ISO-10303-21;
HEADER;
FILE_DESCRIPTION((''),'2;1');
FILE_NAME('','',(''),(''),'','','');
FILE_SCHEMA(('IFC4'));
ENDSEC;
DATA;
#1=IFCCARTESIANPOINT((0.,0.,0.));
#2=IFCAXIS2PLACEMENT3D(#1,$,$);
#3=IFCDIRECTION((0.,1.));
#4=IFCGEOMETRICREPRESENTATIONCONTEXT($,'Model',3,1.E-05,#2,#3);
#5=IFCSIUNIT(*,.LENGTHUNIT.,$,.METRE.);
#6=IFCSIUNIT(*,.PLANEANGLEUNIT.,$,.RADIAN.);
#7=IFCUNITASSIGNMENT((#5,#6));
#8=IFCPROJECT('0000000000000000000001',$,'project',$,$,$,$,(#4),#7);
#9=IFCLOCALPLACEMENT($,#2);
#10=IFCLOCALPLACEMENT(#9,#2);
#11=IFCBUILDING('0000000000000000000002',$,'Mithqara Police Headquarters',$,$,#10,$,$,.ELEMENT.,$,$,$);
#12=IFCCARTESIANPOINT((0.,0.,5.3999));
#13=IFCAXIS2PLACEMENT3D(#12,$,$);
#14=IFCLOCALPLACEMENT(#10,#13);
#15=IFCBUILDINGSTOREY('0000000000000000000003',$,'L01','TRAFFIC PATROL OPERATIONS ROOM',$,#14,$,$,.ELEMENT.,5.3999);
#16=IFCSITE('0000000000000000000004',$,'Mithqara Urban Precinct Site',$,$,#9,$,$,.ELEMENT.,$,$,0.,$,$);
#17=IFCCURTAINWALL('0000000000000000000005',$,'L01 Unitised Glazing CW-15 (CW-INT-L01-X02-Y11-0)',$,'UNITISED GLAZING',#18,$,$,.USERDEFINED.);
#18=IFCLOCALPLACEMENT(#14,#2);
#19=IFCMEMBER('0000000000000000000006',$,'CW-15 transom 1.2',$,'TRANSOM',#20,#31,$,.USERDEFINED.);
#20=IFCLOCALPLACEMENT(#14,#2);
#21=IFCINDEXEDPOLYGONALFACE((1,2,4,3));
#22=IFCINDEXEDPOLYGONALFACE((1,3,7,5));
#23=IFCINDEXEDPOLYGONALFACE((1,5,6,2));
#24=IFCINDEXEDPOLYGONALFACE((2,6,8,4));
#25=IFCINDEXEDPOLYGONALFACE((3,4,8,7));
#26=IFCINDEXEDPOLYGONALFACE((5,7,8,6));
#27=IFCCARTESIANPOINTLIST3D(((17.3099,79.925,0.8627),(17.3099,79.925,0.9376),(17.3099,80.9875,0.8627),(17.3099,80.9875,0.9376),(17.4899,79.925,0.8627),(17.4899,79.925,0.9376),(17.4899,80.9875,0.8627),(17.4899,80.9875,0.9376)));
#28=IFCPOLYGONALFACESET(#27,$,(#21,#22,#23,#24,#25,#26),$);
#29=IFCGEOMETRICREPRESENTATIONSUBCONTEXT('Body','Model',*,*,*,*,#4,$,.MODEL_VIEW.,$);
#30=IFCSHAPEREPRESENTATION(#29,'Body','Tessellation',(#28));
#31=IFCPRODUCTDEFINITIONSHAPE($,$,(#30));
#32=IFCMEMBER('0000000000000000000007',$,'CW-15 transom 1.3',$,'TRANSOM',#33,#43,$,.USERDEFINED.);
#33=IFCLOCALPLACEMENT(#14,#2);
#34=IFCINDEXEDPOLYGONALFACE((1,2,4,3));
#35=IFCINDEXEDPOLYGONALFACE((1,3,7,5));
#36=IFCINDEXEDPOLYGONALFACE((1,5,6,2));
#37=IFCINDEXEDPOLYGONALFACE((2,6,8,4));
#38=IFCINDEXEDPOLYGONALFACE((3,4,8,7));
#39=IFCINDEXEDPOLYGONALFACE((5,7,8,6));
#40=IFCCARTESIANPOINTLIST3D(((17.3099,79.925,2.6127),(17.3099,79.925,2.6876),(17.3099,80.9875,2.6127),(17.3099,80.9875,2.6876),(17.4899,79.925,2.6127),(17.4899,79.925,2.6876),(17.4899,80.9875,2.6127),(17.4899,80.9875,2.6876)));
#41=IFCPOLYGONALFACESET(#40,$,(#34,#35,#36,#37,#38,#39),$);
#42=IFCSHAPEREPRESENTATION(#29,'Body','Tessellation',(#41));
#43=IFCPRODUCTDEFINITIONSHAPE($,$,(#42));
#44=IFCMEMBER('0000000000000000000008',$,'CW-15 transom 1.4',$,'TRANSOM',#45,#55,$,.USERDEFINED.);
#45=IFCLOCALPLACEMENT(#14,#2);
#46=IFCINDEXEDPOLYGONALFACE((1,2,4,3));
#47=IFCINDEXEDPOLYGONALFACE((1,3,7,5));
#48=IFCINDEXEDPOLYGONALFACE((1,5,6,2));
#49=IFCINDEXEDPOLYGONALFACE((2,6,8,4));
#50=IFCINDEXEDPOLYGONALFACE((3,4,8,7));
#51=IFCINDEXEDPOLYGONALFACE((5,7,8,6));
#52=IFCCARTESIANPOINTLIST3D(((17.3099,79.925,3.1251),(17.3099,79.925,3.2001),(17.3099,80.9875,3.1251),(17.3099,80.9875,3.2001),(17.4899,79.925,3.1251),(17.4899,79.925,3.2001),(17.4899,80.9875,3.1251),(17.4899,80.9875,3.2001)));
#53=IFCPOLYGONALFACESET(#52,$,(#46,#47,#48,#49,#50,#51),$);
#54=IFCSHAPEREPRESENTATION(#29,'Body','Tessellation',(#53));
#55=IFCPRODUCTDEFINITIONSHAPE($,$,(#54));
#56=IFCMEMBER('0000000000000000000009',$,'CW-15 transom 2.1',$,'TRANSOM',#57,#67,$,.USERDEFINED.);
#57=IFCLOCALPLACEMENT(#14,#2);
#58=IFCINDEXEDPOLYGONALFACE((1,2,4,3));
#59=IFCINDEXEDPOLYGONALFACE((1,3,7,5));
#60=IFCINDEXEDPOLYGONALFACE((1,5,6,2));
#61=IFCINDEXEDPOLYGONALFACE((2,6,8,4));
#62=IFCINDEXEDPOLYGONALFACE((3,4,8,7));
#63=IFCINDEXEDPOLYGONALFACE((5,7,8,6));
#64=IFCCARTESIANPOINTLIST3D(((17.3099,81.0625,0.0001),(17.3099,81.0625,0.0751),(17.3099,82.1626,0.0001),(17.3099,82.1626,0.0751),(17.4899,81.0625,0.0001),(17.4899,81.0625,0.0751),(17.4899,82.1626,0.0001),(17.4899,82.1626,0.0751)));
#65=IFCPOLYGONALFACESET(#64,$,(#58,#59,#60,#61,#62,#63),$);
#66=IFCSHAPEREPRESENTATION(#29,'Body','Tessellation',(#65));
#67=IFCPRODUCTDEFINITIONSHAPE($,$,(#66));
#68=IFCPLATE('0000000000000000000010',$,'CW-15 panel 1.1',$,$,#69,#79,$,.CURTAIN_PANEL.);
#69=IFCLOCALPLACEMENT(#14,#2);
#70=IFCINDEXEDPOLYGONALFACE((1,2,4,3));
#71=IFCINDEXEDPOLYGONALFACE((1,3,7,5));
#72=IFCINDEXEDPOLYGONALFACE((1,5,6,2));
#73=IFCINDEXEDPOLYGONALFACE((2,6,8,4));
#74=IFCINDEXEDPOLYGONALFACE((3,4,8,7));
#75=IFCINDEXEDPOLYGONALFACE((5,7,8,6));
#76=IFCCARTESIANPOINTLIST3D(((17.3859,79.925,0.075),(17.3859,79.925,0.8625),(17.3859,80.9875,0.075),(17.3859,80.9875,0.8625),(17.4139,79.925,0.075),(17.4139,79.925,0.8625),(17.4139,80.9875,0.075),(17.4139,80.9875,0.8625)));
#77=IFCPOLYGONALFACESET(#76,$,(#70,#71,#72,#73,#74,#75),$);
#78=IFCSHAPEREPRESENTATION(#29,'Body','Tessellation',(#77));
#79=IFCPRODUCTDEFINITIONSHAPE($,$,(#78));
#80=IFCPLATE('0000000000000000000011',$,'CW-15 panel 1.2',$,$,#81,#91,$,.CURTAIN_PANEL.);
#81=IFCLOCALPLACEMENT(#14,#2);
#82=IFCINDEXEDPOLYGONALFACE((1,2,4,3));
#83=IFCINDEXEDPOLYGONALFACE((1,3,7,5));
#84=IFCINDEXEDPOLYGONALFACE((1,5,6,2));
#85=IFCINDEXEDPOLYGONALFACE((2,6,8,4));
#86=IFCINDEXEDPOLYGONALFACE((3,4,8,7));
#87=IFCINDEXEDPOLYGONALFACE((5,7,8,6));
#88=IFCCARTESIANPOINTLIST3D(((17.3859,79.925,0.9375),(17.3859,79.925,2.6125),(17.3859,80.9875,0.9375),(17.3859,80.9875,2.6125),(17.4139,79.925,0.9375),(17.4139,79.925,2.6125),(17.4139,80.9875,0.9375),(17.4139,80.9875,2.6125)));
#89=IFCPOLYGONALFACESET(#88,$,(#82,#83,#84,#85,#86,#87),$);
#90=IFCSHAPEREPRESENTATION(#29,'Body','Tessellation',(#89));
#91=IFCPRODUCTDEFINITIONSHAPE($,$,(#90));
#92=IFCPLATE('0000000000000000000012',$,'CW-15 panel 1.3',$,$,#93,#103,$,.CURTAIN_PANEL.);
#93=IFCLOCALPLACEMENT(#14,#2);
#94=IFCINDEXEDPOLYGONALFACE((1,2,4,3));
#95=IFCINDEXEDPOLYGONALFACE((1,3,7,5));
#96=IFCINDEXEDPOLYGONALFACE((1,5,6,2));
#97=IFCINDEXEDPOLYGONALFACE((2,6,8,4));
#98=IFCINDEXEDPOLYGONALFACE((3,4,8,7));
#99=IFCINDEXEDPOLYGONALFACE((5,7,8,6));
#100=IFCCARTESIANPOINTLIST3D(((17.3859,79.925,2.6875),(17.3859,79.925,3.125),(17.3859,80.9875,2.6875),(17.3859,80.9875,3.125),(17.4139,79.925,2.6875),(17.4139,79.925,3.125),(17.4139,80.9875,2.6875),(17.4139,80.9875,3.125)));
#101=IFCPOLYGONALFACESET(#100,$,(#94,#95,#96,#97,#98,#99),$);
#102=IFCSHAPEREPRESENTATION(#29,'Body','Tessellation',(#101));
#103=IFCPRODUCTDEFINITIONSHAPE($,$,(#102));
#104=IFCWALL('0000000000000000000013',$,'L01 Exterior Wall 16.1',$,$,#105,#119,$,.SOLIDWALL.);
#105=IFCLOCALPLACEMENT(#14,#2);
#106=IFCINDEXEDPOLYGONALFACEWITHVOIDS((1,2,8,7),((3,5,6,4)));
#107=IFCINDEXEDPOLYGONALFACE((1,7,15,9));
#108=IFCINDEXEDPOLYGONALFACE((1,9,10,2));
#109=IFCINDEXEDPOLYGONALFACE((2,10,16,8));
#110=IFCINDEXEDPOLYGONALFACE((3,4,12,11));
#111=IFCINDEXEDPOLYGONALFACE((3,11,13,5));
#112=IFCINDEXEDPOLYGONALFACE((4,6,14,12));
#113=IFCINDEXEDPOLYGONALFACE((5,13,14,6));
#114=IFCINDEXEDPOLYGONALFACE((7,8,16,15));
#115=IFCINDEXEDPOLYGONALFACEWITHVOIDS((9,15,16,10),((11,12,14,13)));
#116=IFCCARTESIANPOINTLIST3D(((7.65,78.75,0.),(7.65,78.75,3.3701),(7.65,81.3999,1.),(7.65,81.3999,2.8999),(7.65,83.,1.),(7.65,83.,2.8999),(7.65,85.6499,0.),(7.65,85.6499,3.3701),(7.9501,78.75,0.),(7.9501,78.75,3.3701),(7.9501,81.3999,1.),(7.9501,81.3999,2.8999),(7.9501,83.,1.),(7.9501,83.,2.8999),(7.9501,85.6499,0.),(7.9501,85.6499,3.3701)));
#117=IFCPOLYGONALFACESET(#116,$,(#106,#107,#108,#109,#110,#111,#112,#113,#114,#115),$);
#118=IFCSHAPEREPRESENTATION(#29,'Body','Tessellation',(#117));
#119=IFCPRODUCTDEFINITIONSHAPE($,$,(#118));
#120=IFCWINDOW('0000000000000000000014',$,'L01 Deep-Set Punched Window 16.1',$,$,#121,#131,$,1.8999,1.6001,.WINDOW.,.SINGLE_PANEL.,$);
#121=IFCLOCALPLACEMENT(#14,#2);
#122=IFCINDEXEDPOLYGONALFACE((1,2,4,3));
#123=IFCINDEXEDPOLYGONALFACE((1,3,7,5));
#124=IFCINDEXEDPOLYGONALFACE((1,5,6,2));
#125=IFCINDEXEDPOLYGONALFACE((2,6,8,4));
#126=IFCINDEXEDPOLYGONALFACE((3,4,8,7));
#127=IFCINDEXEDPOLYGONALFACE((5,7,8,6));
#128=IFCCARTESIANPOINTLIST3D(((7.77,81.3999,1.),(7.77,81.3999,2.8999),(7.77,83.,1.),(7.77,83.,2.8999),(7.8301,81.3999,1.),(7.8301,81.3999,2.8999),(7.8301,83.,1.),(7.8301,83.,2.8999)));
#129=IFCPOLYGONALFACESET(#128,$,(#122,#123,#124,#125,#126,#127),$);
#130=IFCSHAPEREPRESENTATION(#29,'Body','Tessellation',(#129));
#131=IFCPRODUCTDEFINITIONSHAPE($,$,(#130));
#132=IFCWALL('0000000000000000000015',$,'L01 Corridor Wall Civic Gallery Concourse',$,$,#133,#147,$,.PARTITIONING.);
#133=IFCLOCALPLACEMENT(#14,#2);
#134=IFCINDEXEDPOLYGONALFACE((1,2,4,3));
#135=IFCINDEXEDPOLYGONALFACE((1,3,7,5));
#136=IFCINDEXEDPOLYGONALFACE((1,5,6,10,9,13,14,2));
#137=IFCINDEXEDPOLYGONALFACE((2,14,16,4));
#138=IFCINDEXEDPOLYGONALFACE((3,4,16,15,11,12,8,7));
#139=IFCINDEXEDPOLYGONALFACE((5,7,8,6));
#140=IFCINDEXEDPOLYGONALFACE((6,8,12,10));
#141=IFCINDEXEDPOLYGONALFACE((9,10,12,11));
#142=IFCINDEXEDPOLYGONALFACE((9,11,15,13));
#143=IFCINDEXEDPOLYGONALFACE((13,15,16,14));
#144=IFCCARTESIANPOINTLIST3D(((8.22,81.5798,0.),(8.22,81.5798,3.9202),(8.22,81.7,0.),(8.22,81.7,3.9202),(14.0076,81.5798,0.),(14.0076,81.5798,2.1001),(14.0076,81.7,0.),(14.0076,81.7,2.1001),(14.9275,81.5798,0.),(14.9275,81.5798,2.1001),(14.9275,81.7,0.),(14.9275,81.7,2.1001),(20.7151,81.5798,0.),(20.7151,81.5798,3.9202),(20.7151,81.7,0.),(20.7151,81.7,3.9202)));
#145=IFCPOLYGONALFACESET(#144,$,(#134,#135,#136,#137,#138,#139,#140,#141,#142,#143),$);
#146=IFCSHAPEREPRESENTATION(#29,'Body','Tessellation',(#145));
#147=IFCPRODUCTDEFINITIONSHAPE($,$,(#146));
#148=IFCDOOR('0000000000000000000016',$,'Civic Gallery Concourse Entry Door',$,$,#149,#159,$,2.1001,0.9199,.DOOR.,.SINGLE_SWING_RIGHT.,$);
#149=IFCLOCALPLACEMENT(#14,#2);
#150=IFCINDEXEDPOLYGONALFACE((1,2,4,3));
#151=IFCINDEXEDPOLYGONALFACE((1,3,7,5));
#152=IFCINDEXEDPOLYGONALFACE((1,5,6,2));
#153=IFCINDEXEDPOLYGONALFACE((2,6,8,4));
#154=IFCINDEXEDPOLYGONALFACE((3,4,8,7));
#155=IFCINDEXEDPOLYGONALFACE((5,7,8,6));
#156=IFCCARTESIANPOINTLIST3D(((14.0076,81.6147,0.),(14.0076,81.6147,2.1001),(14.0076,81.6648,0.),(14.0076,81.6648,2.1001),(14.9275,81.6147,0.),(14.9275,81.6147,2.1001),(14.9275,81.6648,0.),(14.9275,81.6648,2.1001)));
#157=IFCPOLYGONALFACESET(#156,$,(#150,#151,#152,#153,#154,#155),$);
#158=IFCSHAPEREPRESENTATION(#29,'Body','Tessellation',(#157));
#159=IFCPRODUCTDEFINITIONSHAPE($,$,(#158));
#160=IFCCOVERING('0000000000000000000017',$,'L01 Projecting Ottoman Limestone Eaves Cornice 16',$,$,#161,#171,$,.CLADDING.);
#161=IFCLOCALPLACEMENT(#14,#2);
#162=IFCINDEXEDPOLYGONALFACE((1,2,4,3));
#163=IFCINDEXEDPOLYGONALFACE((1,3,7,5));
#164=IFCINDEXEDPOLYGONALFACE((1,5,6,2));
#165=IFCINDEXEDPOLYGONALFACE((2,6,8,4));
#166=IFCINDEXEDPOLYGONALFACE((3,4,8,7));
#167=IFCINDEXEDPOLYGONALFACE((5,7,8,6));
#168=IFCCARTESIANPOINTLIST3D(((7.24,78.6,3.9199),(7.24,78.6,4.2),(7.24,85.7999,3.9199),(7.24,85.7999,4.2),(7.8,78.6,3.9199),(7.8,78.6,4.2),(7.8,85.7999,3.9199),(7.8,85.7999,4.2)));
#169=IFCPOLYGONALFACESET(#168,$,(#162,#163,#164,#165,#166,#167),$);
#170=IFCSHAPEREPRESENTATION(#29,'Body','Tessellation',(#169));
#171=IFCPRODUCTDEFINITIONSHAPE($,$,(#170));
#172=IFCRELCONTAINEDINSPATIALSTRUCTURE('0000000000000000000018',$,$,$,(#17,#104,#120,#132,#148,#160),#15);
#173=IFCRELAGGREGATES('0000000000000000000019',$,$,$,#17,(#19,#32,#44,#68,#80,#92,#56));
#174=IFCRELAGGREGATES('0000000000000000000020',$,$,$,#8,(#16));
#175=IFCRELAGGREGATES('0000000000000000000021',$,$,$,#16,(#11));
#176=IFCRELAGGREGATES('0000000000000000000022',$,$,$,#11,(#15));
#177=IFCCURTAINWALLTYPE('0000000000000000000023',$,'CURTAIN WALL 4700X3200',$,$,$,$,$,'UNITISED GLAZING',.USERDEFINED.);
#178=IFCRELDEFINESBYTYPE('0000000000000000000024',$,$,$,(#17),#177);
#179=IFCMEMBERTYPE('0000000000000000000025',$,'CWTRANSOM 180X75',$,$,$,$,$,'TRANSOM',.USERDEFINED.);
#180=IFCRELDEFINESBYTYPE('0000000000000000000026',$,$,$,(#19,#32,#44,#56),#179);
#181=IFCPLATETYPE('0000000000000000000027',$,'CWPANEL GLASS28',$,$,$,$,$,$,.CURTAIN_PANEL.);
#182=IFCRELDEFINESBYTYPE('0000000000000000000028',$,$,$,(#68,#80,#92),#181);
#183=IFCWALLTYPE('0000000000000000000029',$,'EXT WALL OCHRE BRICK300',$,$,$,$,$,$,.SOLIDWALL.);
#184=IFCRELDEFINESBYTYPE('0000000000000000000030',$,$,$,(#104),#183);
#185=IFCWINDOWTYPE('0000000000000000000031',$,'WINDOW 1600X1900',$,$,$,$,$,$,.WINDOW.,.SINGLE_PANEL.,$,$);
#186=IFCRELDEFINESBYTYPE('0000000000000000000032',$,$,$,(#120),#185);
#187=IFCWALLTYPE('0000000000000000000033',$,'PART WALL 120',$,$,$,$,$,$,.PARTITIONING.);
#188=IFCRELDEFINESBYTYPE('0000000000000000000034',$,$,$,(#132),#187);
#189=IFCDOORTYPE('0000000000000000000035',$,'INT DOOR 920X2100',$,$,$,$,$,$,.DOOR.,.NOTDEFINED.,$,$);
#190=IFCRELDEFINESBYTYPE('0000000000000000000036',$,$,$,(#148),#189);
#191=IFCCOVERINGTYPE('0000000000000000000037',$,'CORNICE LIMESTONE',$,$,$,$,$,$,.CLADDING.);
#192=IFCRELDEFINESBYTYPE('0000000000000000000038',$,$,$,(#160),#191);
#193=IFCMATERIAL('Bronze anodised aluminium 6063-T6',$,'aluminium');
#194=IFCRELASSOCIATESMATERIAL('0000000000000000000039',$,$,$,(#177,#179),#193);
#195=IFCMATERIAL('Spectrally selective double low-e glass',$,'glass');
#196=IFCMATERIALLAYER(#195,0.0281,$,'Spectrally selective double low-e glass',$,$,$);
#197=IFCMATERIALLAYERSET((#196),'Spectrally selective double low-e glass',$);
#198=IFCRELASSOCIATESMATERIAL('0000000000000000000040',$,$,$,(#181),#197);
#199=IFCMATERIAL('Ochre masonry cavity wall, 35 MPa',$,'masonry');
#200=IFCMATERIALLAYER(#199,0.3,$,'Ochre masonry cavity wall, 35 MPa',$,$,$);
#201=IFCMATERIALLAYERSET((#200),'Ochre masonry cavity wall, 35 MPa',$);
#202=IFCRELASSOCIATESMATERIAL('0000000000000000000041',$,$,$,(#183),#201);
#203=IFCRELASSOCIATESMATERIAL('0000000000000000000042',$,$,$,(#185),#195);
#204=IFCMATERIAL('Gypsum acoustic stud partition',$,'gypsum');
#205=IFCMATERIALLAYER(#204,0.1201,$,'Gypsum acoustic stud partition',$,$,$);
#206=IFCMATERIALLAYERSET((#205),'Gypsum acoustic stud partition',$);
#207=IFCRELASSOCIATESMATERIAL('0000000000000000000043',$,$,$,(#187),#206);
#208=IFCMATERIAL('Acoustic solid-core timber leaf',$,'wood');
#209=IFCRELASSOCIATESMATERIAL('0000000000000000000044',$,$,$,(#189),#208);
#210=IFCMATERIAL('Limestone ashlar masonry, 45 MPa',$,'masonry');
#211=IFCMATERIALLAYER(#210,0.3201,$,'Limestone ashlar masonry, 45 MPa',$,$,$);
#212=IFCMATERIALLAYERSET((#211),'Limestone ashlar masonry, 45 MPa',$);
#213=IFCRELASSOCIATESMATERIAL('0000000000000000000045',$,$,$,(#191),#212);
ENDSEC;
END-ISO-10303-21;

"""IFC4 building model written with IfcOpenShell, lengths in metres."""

from ifc_helpers import new_model, si_unit, direction, frame, frame_2d, origin, origin_2d, place, context, subcontext, project, spatial, rectangle, extrude, material, layer, layer_set, material_profile, profile_set, type_object, element, fill, aggregate, save


model = new_model("IFC4")

# Units and contexts
model_context = context("Model", 3, precision=1e-05, world=origin(), true_north=direction((0.0, 1.0)))
body_context = subcontext(model_context, "Body", "Model", "MODEL_VIEW")
ifc_project = project(units=[si_unit("LENGTHUNIT", "METRE"), si_unit("PLANEANGLEUNIT", "RADIAN")], contexts=[model_context])

# Site, building, storey
site_placement = place(None, origin())
site = spatial("IfcSite", under=ifc_project, at=site_placement, Name="Mithqara Urban Precinct Site", CompositionType="ELEMENT", RefElevation=0.0)
building_placement = place(site_placement, origin())
building = spatial("IfcBuilding", under=site, at=building_placement, Name="Mithqara Police Headquarters", CompositionType="ELEMENT")
storey_placement = place(building_placement, frame((0.0, 0.0, 5.3999)))
storey = spatial("IfcBuildingStorey", under=building, at=storey_placement, Name="L01", Description="TRAFFIC PATROL OPERATIONS ROOM", CompositionType="ELEMENT", Elevation=5.3999)

# Curtain wall, members, plates
ifc_material_1 = material(Name="Bronze anodised aluminium 6063-T6", Category="aluminium")
curtain_wall_type = type_object("IfcCurtainWallType", Name="CURTAIN WALL 4700X3200", ElementType="UNITISED GLAZING", PredefinedType="USERDEFINED", material=ifc_material_1)
curtain_wall_placement = place(storey_placement, origin())
curtain_wall = element("IfcCurtainWall", 1, at=curtain_wall_placement, inside=storey, type_object=curtain_wall_type, Name="L01 Unitised Glazing CW-15 (CW-INT-L01-X02-Y11-0)", ObjectType="UNITISED GLAZING", PredefinedType="USERDEFINED")
ifc_material_profile_1 = material_profile(ifc_material_1, rectangle(XDim=0.1799, YDim=0.075, at=origin_2d()), Name="CWT 180x75")
ifc_profile_set_1 = profile_set([ifc_material_profile_1], Name="Bronze anodised aluminium 6063-T6")
member_type_1 = type_object("IfcMemberType", Name="CWTRANSOM 180X75", ElementType="TRANSOM", PredefinedType="USERDEFINED", material=ifc_profile_set_1)
member_1_placement = place(storey_placement, frame((17.3999, 79.925, 0.9001), z_axis=(0.0, 1.0, 0.0), x_axis=(-1.0, 0.0, 0.0)))
member_1 = element("IfcMember", 2, at=member_1_placement, type_object=member_type_1, Name="CW-15 transom 1.2", ObjectType="TRANSOM", PredefinedType="USERDEFINED", context=body_context, shape_type="SweptSolid", body=[
    extrude(rectangle(XDim=0.1799, YDim=0.075, at=origin_2d()), origin(), (0.0, 0.0, 1.0), 1.0625),
])
member_2_placement = place(storey_placement, frame((17.3999, 79.925, 2.6501), z_axis=(0.0, 1.0, 0.0), x_axis=(-1.0, 0.0, 0.0)))
member_2 = element("IfcMember", 3, at=member_2_placement, type_object=member_type_1, Name="CW-15 transom 1.3", ObjectType="TRANSOM", PredefinedType="USERDEFINED", context=body_context, shape_type="SweptSolid", body=[
    extrude(rectangle(XDim=0.1799, YDim=0.075, at=origin_2d()), origin(), (0.0, 0.0, 1.0), 1.0625),
])
member_3_placement = place(storey_placement, frame((17.3999, 79.925, 3.1626), z_axis=(0.0, 1.0, 0.0), x_axis=(-1.0, 0.0, 0.0)))
member_3 = element("IfcMember", 4, at=member_3_placement, type_object=member_type_1, Name="CW-15 transom 1.4", ObjectType="TRANSOM", PredefinedType="USERDEFINED", context=body_context, shape_type="SweptSolid", body=[
    extrude(rectangle(XDim=0.1799, YDim=0.075, at=origin_2d()), origin(), (0.0, 0.0, 1.0), 1.0625),
])
member_4_placement = place(storey_placement, frame((17.3999, 81.0625, 0.0376), z_axis=(0.0, 1.0, 0.0), x_axis=(-1.0, 0.0, 0.0)))
member_4 = element("IfcMember", 5, at=member_4_placement, type_object=member_type_1, Name="CW-15 transom 2.1", ObjectType="TRANSOM", PredefinedType="USERDEFINED", context=body_context, shape_type="SweptSolid", body=[
    extrude(rectangle(XDim=0.1799, YDim=0.075, at=origin_2d()), origin(), (0.0, 0.0, 1.0), 1.1001),
])
ifc_material_2 = material(Name="Spectrally selective double low-e glass", Category="glass")
ifc_layer_1 = layer(ifc_material_2, 0.0281, Name="Spectrally selective double low-e glass")
ifc_layer_set_1 = layer_set([ifc_layer_1], Name="Spectrally selective double low-e glass")
plate_type = type_object("IfcPlateType", Name="CWPANEL GLASS28", PredefinedType="CURTAIN_PANEL", material=ifc_layer_set_1)
plate_1_placement = place(storey_placement, frame((17.3999, 80.4563, 0.075), z_axis=(0.0, 0.0, 1.0), x_axis=(0.0, 1.0, 0.0)))
plate_1 = element("IfcPlate", 6, at=plate_1_placement, type_object=plate_type, Name="CW-15 panel 1.1", PredefinedType="CURTAIN_PANEL", context=body_context, shape_type="SweptSolid", body=[
    extrude(rectangle(XDim=1.0625, YDim=0.0281, at=origin_2d()), origin(), (0.0, 0.0, 1.0), 0.7876),
])
plate_2_placement = place(storey_placement, frame((17.3999, 80.4563, 0.9375), z_axis=(0.0, 0.0, 1.0), x_axis=(0.0, 1.0, 0.0)))
plate_2 = element("IfcPlate", 7, at=plate_2_placement, type_object=plate_type, Name="CW-15 panel 1.2", PredefinedType="CURTAIN_PANEL", context=body_context, shape_type="SweptSolid", body=[
    extrude(rectangle(XDim=1.0625, YDim=0.0281, at=origin_2d()), origin(), (0.0, 0.0, 1.0), 1.675),
])
plate_3_placement = place(storey_placement, frame((17.3999, 80.4563, 2.6875), z_axis=(0.0, 0.0, 1.0), x_axis=(0.0, 1.0, 0.0)))
plate_3 = element("IfcPlate", 8, at=plate_3_placement, type_object=plate_type, Name="CW-15 panel 1.3", PredefinedType="CURTAIN_PANEL", context=body_context, shape_type="SweptSolid", body=[
    extrude(rectangle(XDim=1.0625, YDim=0.0281, at=origin_2d()), origin(), (0.0, 0.0, 1.0), 0.4375),
])
aggregate(curtain_wall, [member_1, member_2, member_3, plate_1, plate_2, plate_3, member_4])

# Wall, opening, window
ifc_material_3 = material(Name="Ochre masonry cavity wall, 35 MPa", Category="masonry")
ifc_layer_2 = layer(ifc_material_3, 0.3, Name="Ochre masonry cavity wall, 35 MPa")
ifc_layer_set_2 = layer_set([ifc_layer_2], Name="Ochre masonry cavity wall, 35 MPa")
wall_type_1 = type_object("IfcWallType", Name="EXT WALL OCHRE BRICK300", PredefinedType="SOLIDWALL", material=ifc_layer_set_2)
wall_1_placement = place(storey_placement, frame((7.8, 85.6499, 0.0), z_axis=(0.0, 0.0, 1.0), x_axis=(0.0, -1.0, 0.0)))
wall_1 = element("IfcWall", 9, at=wall_1_placement, inside=storey, type_object=wall_type_1, Name="L01 Exterior Wall 16.1", PredefinedType="SOLIDWALL", context=body_context, shape_type="SweptSolid", body=[
    extrude(rectangle(XDim=6.8999, YDim=0.3, at=frame_2d((3.45, 0.0))), origin(), (0.0, 0.0, 1.0), 3.3701),
])
opening_1_placement = place(wall_1_placement, frame((2.6499, 0.0, 1.0)))
opening_1 = element("IfcOpeningElement", 10, at=opening_1_placement, cuts=wall_1, PredefinedType="OPENING", context=body_context, shape_type="SweptSolid", body=[
    extrude(rectangle(XDim=1.6001, YDim=1.8999, at=frame_2d((0.8, 0.95))), frame((0.0, 0.1602, 0.0), z_axis=(0.0, -1.0, 0.0), x_axis=(1.0, 0.0, 0.0)), (0.0, 0.0, 1.0), 0.3201),
])
window_type = type_object("IfcWindowType", Name="WINDOW 1600X1900", PartitioningType="SINGLE_PANEL", PredefinedType="WINDOW", material=ifc_material_2)
window_placement = place(opening_1_placement, origin())
window = element("IfcWindow", 11, at=window_placement, inside=storey, type_object=window_type, Name="L01 Deep-Set Punched Window 16.1", OverallHeight=1.8999, OverallWidth=1.6001, PartitioningType="SINGLE_PANEL", PredefinedType="WINDOW", context=body_context, shape_type="SweptSolid", body=[
    extrude(rectangle(XDim=1.6001, YDim=1.8999, at=frame_2d((0.8, 0.95))), frame((0.0, 0.03, 0.0), z_axis=(0.0, -1.0, 0.0), x_axis=(1.0, 0.0, 0.0)), (0.0, 0.0, 1.0), 0.0601),
])
fill(opening_1, window)

# Wall, opening, door
ifc_material_4 = material(Name="Gypsum acoustic stud partition", Category="gypsum")
ifc_layer_3 = layer(ifc_material_4, 0.1201, Name="Gypsum acoustic stud partition")
ifc_layer_set_3 = layer_set([ifc_layer_3], Name="Gypsum acoustic stud partition")
wall_type_2 = type_object("IfcWallType", Name="PART WALL 120", PredefinedType="PARTITIONING", material=ifc_layer_set_3)
wall_2_placement = place(storey_placement, frame((8.22, 81.6399, 0.0), z_axis=(0.0, 0.0, 1.0), x_axis=(1.0, 0.0, 0.0)))
wall_2 = element("IfcWall", 12, at=wall_2_placement, inside=storey, type_object=wall_type_2, Name="L01 Corridor Wall Civic Gallery Concourse", PredefinedType="PARTITIONING", context=body_context, shape_type="SweptSolid", body=[
    extrude(rectangle(XDim=12.4951, YDim=0.1201, at=frame_2d((6.2476, 0.0))), origin(), (0.0, 0.0, 1.0), 3.9202),
])
opening_2_placement = place(wall_2_placement, frame((5.7876, 0.0, 0.0)))
opening_2 = element("IfcOpeningElement", 13, at=opening_2_placement, cuts=wall_2, PredefinedType="OPENING", context=body_context, shape_type="SweptSolid", body=[
    extrude(rectangle(XDim=0.9199, YDim=2.1001, at=frame_2d((0.46, 1.05))), frame((0.0, 0.0701, 0.0), z_axis=(0.0, -1.0, 0.0), x_axis=(1.0, 0.0, 0.0)), (0.0, 0.0, 1.0), 0.1401),
])
ifc_material_5 = material(Name="Acoustic solid-core timber leaf", Category="wood")
door_type = type_object("IfcDoorType", Name="INT DOOR 920X2100", OperationType="NOTDEFINED", PredefinedType="DOOR", material=ifc_material_5)
door_placement = place(opening_2_placement, origin())
door = element("IfcDoor", 14, at=door_placement, inside=storey, type_object=door_type, Name="Civic Gallery Concourse Entry Door", OperationType="SINGLE_SWING_RIGHT", OverallHeight=2.1001, OverallWidth=0.9199, PredefinedType="DOOR", context=body_context, shape_type="SweptSolid", body=[
    extrude(rectangle(XDim=0.9199, YDim=2.1001, at=frame_2d((0.46, 1.05))), frame((0.0, 0.0249, 0.0), z_axis=(0.0, -1.0, 0.0), x_axis=(1.0, 0.0, 0.0)), (0.0, 0.0, 1.0), 0.05),
])
fill(opening_2, door)

# Covering
ifc_material_6 = material(Name="Limestone ashlar masonry, 45 MPa", Category="masonry")
ifc_layer_4 = layer(ifc_material_6, 0.3201, Name="Limestone ashlar masonry, 45 MPa")
ifc_layer_set_4 = layer_set([ifc_layer_4], Name="Limestone ashlar masonry, 45 MPa")
covering_type_1 = type_object("IfcCoveringType", Name="CORNICE LIMESTONE", PredefinedType="CLADDING", material=ifc_layer_set_4)
covering_1_placement = place(storey_placement, frame((7.52, 82.2, 3.9199), z_axis=(0.0, 0.0, 1.0), x_axis=(0.0, 1.0, 0.0)))
element("IfcCovering", 15, at=covering_1_placement, inside=storey, type_object=covering_type_1, Name="L01 Projecting Ottoman Limestone Eaves Cornice 16", PredefinedType="CLADDING", context=body_context, shape_type="SweptSolid", body=[
    extrude(rectangle(XDim=7.2, YDim=0.5601, at=origin_2d()), origin(), (0.0, 0.0, 1.0), 0.28),
])

save(model, "model.ifc")
